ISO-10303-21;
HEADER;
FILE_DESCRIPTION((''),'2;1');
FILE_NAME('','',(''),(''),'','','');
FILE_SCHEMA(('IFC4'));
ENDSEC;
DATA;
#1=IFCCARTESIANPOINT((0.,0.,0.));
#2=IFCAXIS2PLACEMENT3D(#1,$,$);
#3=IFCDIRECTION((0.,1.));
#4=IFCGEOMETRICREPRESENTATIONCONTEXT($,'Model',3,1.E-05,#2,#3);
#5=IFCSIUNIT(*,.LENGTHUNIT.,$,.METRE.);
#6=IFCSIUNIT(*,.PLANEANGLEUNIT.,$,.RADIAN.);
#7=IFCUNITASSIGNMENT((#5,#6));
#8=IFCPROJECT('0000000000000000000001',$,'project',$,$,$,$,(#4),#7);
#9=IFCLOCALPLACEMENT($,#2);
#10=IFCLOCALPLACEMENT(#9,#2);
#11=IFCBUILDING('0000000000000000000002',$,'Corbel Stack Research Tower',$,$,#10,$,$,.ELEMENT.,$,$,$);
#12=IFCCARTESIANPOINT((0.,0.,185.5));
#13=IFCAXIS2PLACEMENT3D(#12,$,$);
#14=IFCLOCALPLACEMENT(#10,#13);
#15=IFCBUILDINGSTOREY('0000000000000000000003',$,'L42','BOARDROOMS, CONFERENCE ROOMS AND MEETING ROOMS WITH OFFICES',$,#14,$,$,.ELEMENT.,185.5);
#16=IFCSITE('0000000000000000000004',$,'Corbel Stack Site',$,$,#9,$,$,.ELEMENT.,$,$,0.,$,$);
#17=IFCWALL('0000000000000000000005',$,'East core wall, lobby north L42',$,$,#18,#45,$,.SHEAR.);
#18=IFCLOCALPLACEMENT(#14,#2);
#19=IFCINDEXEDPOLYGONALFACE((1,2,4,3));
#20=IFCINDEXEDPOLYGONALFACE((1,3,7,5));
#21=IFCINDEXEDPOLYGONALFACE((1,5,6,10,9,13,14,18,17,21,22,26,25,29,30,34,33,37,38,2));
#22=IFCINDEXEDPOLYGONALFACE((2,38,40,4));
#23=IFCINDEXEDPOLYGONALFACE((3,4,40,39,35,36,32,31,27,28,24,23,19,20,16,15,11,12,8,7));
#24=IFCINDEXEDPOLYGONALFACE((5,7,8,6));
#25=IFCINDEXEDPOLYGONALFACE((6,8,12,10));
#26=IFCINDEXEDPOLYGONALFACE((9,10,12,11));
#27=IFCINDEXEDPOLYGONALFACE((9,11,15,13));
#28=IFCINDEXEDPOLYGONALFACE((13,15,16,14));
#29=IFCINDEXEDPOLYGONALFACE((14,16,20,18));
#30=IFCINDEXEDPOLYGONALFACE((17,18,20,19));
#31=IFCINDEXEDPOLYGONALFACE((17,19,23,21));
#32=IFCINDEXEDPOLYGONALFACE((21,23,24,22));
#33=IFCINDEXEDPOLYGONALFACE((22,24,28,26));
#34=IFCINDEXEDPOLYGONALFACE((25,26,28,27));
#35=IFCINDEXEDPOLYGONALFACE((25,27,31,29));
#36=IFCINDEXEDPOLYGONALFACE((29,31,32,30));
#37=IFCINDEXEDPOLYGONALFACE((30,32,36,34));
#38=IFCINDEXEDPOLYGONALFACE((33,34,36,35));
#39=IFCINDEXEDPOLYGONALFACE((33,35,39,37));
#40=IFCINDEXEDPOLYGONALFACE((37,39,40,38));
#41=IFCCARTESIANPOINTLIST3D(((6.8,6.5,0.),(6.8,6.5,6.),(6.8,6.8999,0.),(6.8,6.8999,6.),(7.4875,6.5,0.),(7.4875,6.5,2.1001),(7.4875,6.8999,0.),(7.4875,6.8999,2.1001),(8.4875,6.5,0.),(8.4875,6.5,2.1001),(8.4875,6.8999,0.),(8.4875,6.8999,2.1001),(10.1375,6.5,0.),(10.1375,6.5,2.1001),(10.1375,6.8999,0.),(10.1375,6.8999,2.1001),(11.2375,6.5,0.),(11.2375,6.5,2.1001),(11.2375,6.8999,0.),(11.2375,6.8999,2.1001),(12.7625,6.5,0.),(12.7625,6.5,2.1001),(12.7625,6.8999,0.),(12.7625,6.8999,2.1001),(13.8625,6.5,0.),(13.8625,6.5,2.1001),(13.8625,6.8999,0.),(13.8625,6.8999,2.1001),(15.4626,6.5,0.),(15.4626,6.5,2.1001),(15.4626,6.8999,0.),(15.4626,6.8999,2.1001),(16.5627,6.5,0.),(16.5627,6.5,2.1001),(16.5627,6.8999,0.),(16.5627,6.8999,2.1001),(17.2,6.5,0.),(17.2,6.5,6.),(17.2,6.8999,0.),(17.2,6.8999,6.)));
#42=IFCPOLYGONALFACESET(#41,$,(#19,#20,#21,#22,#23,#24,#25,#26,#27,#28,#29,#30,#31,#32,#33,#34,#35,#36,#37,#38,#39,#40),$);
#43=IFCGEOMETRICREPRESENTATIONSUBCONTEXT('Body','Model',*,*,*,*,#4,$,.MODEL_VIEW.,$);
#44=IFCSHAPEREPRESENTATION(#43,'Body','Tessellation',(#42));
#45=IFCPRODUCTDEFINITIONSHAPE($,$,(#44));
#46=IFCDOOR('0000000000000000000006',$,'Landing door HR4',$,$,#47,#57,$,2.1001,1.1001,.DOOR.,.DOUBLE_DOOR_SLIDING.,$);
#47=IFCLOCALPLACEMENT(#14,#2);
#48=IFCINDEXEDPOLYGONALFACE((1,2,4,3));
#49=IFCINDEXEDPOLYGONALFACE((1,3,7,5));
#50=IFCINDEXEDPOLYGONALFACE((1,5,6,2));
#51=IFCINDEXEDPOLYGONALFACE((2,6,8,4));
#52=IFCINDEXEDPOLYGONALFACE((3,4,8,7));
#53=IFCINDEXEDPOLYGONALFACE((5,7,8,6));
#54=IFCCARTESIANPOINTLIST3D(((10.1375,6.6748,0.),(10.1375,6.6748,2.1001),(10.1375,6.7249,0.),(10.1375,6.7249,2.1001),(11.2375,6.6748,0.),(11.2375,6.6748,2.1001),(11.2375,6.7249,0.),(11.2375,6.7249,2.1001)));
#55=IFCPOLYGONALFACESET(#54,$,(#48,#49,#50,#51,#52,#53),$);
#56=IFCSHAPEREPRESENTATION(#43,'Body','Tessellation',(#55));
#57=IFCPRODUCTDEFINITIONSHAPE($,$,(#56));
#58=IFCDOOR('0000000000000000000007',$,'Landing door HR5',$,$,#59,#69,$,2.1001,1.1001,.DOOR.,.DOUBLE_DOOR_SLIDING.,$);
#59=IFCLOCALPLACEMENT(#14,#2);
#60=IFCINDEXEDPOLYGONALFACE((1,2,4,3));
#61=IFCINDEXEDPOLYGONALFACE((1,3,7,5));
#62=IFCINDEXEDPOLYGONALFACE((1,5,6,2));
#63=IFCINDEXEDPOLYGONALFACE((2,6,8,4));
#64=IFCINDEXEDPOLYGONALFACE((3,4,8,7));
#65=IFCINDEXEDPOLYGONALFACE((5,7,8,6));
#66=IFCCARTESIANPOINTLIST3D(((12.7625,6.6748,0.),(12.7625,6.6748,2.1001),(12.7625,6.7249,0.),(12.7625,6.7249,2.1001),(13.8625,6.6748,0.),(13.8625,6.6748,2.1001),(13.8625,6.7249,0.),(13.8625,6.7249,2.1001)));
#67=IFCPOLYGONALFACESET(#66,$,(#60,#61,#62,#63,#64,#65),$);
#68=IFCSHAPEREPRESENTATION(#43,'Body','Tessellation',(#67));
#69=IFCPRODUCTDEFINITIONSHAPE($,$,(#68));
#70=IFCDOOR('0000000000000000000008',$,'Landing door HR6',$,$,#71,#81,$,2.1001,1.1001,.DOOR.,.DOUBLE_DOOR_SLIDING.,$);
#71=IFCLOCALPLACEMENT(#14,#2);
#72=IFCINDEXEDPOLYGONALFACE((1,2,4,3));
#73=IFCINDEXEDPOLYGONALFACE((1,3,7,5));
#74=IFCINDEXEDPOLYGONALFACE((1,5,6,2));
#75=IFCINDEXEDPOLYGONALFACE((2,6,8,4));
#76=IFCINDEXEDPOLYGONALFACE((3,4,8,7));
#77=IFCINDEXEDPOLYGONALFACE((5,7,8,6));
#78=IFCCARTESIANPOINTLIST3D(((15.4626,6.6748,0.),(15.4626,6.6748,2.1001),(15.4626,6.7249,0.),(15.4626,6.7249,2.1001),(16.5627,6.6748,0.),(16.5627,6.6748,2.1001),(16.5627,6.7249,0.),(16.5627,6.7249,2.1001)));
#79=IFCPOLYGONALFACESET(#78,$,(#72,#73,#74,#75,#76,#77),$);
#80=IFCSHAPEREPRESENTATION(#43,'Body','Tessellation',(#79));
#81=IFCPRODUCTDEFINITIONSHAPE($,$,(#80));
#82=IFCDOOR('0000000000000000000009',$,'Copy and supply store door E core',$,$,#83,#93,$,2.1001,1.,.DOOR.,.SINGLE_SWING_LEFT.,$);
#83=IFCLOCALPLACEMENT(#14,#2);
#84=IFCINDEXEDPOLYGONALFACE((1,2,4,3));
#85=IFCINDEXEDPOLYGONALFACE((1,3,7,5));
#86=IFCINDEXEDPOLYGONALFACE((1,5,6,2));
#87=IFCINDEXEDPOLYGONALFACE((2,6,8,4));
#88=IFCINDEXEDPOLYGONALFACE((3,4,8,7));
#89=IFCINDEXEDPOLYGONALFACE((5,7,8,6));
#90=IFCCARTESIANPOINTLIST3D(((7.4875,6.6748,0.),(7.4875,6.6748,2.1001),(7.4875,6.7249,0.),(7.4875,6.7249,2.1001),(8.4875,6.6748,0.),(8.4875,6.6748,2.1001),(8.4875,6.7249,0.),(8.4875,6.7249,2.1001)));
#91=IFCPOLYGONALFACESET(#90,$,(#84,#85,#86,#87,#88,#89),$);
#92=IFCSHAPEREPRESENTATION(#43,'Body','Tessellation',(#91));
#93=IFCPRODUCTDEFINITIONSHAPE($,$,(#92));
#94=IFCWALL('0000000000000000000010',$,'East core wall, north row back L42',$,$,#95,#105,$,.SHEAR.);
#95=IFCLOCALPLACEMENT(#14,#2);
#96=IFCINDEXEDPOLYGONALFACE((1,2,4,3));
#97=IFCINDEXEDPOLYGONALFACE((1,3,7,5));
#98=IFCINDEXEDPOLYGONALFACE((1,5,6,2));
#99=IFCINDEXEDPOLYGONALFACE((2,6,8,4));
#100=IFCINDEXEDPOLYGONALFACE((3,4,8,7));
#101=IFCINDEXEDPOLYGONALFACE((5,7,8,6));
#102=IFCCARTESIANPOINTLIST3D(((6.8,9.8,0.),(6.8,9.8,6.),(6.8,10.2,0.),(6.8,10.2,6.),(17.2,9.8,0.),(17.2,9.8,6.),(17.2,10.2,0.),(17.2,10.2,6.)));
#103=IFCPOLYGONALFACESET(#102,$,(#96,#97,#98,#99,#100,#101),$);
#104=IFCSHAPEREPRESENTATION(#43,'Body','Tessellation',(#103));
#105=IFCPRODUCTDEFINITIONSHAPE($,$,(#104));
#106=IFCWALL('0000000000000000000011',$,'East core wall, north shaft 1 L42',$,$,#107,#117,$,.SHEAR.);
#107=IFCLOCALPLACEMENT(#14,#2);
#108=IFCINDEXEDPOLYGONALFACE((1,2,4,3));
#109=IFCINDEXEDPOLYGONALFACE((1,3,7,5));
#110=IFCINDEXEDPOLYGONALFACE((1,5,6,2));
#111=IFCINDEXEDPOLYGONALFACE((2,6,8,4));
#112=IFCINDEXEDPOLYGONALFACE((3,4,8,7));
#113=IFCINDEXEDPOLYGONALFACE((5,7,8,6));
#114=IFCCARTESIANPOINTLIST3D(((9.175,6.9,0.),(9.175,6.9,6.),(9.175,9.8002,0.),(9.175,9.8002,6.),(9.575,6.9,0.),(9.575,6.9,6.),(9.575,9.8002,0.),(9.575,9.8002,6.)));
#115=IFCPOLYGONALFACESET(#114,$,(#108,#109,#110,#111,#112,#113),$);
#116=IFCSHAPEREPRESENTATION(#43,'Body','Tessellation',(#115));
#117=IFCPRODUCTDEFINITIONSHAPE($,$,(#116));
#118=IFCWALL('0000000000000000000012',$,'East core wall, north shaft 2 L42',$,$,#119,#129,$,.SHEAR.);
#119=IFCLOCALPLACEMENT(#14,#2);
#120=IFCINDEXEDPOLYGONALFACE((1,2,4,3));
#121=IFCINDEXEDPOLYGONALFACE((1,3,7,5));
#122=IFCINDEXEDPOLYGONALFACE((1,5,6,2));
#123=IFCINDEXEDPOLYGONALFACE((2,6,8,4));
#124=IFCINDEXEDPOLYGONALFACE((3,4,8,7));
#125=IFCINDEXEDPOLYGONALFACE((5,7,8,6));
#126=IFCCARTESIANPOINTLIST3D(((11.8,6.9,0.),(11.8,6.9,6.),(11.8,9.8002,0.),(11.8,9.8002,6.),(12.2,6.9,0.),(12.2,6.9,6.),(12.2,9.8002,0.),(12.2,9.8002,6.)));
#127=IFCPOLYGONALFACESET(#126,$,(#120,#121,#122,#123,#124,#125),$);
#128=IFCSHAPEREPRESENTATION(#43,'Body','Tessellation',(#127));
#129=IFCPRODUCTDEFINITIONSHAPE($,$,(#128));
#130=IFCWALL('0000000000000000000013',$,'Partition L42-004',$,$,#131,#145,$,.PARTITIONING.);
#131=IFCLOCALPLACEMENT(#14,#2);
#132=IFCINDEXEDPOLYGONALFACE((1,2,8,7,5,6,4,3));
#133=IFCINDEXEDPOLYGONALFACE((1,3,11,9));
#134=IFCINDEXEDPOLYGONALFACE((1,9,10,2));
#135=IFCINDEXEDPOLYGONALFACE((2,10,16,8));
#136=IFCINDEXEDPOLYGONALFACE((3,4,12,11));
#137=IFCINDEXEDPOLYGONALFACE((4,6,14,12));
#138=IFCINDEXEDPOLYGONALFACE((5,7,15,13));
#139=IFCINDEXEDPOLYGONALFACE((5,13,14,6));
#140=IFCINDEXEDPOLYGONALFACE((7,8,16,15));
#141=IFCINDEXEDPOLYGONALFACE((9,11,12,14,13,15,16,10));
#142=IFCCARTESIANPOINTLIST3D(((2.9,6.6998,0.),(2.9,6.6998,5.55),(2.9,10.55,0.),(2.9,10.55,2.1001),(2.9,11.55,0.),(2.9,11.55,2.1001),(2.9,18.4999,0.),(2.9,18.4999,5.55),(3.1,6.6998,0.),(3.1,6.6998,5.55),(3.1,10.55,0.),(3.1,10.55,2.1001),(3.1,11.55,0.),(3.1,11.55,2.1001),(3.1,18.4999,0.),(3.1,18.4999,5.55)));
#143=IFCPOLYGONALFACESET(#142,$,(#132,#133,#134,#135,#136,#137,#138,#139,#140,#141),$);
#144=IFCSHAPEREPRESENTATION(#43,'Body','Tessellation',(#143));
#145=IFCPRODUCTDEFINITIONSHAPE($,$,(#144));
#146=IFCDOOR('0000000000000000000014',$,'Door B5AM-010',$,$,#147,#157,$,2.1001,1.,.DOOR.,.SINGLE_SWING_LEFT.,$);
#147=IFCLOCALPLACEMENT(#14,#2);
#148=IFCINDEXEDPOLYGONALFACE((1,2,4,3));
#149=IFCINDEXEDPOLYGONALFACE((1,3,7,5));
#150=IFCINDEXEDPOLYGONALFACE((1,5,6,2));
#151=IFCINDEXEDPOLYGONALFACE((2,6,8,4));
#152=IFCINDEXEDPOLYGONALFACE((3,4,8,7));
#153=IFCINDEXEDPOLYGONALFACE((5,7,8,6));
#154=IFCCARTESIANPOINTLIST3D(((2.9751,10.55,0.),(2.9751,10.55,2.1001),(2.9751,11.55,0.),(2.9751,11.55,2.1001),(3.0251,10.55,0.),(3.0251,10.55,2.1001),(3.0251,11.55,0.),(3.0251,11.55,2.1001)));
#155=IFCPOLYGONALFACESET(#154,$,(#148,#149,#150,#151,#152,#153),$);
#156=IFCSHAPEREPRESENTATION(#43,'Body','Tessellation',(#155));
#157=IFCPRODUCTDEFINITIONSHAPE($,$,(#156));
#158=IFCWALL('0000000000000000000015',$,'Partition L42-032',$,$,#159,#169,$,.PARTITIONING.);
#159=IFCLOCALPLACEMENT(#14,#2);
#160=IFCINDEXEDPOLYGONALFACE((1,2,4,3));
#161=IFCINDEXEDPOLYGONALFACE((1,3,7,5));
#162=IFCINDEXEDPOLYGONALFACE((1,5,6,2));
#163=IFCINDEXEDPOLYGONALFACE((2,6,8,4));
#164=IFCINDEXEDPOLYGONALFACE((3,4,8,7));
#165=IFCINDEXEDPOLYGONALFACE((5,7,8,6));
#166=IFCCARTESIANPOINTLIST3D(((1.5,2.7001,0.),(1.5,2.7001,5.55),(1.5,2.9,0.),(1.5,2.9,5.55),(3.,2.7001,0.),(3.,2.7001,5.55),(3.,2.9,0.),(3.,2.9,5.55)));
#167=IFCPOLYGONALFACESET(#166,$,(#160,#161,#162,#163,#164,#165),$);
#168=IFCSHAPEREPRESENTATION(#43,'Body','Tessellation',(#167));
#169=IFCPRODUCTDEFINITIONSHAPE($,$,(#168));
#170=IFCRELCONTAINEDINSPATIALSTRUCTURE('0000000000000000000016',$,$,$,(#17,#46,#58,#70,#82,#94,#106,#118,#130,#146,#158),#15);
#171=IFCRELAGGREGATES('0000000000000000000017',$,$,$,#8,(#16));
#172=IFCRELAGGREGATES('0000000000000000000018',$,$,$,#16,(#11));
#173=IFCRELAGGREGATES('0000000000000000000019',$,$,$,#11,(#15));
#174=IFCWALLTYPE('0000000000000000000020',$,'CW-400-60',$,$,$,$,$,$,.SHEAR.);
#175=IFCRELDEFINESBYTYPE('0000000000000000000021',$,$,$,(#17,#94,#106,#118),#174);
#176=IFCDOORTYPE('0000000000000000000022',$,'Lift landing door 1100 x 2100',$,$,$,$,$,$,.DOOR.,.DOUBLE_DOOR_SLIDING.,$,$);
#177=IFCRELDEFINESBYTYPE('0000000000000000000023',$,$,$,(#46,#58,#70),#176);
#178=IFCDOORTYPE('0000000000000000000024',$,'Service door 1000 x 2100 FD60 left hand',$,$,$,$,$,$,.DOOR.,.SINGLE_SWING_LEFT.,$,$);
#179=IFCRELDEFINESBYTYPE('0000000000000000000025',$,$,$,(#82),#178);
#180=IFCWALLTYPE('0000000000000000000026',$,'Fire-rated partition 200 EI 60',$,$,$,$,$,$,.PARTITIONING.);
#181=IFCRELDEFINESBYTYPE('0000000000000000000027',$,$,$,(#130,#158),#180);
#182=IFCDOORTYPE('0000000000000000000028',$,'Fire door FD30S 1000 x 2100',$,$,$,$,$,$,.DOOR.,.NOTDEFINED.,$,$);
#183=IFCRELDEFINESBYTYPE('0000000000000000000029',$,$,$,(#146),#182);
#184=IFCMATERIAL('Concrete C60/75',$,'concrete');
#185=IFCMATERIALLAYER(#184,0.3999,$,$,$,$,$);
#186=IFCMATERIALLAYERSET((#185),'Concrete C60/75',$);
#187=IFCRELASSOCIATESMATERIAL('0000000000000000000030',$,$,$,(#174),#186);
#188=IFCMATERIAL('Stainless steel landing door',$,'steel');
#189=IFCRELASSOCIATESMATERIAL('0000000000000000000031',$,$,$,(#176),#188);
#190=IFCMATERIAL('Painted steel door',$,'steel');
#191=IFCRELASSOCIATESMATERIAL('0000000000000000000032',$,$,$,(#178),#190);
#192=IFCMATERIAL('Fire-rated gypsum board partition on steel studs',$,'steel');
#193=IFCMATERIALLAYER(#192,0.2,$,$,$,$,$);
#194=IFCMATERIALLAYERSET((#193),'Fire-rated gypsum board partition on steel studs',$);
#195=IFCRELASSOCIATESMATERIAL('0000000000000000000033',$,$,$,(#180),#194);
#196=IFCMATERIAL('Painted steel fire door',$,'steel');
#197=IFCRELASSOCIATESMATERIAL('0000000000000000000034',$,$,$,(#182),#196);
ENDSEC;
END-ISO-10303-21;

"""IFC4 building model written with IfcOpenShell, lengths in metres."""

from ifc_helpers import new_model, si_unit, direction, frame, frame_2d, origin, place, context, subcontext, project, spatial, rectangle, extrude, material, layer, layer_set, type_object, element, fill, save


model = new_model("IFC4")

# Units and contexts
model_context = context("Model", 3, precision=1e-05, world=origin(), true_north=direction((0.0, 1.0)))
body_context = subcontext(model_context, "Body", "Model", "MODEL_VIEW")
ifc_project = project(units=[si_unit("LENGTHUNIT", "METRE"), si_unit("PLANEANGLEUNIT", "RADIAN")], contexts=[model_context])

# Site, building, storey
site_placement = place(None, origin())
site = spatial("IfcSite", under=ifc_project, at=site_placement, Name="Corbel Stack Site", CompositionType="ELEMENT", RefElevation=0.0)
building_placement = place(site_placement, origin())
building = spatial("IfcBuilding", under=site, at=building_placement, Name="Corbel Stack Research Tower", CompositionType="ELEMENT")
storey_placement = place(building_placement, frame((0.0, 0.0, 185.5)))
storey = spatial("IfcBuildingStorey", under=building, at=storey_placement, Name="L42", Description="BOARDROOMS, CONFERENCE ROOMS AND MEETING ROOMS WITH OFFICES", CompositionType="ELEMENT", Elevation=185.5)

# Wall, openings, doors
ifc_material_1 = material(Name="Concrete C60/75", Category="concrete")
ifc_layer_1 = layer(ifc_material_1, 0.3999)
ifc_layer_set_1 = layer_set([ifc_layer_1], Name="Concrete C60/75")
wall_type_1 = type_object("IfcWallType", Name="CW-400-60", PredefinedType="SHEAR", material=ifc_layer_set_1)
ifc_material_2 = material(Name="Stainless steel landing door", Category="steel")
door_type_1 = type_object("IfcDoorType", Name="Lift landing door 1100 x 2100", OperationType="DOUBLE_DOOR_SLIDING", PredefinedType="DOOR", material=ifc_material_2)
ifc_material_3 = material(Name="Painted steel door", Category="steel")
door_type_2 = type_object("IfcDoorType", Name="Service door 1000 x 2100 FD60 left hand", OperationType="SINGLE_SWING_LEFT", PredefinedType="DOOR", material=ifc_material_3)
wall_1_placement = place(storey_placement, frame((6.8, 6.7, 0.0), z_axis=(0.0, 0.0, 1.0), x_axis=(1.0, 0.0, 0.0)))
wall_1 = element("IfcWall", 1, at=wall_1_placement, inside=storey, type_object=wall_type_1, Name="East core wall, lobby north L42", PredefinedType="SHEAR", context=body_context, shape_type="SweptSolid", body=[
    extrude(rectangle(XDim=10.3999, YDim=0.3999, at=frame_2d((5.2, 0.0))), origin(), (0.0, 0.0, 1.0), 6.0),
])
opening_1_placement = place(wall_1_placement, frame((3.3374, 0.0, 0.0)))
opening_1 = element("IfcOpeningElement", 2, at=opening_1_placement, cuts=wall_1, PredefinedType="OPENING", context=body_context, shape_type="SweptSolid", body=[
    extrude(rectangle(XDim=1.1001, YDim=2.1001, at=frame_2d((0.55, 1.05))), frame((0.0, 0.21, 0.0), z_axis=(0.0, -1.0, 0.0), x_axis=(1.0, 0.0, 0.0)), (0.0, 0.0, 1.0), 0.4199),
])
opening_2_placement = place(wall_1_placement, frame((5.9624, 0.0, 0.0)))
opening_2 = element("IfcOpeningElement", 3, at=opening_2_placement, cuts=wall_1, PredefinedType="OPENING", context=body_context, shape_type="SweptSolid", body=[
    extrude(rectangle(XDim=1.1001, YDim=2.1001, at=frame_2d((0.55, 1.05))), frame((0.0, 0.21, 0.0), z_axis=(0.0, -1.0, 0.0), x_axis=(1.0, 0.0, 0.0)), (0.0, 0.0, 1.0), 0.4199),
])
opening_3_placement = place(wall_1_placement, frame((8.6626, 0.0, 0.0)))
opening_3 = element("IfcOpeningElement", 4, at=opening_3_placement, cuts=wall_1, PredefinedType="OPENING", context=body_context, shape_type="SweptSolid", body=[
    extrude(rectangle(XDim=1.1001, YDim=2.1001, at=frame_2d((0.55, 1.05))), frame((0.0, 0.21, 0.0), z_axis=(0.0, -1.0, 0.0), x_axis=(1.0, 0.0, 0.0)), (0.0, 0.0, 1.0), 0.4199),
])
opening_4_placement = place(wall_1_placement, frame((0.6875, 0.0, 0.0)))
opening_4 = element("IfcOpeningElement", 5, at=opening_4_placement, cuts=wall_1, PredefinedType="OPENING", context=body_context, shape_type="SweptSolid", body=[
    extrude(rectangle(XDim=1.0, YDim=2.1001, at=frame_2d((0.5, 1.05))), frame((0.0, 0.21, 0.0), z_axis=(0.0, -1.0, 0.0), x_axis=(1.0, 0.0, 0.0)), (0.0, 0.0, 1.0), 0.4199),
])
door_1_placement = place(opening_1_placement, origin())
door_1 = element("IfcDoor", 6, at=door_1_placement, inside=storey, type_object=door_type_1, Name="Landing door HR4", OperationType="DOUBLE_DOOR_SLIDING", OverallHeight=2.1001, OverallWidth=1.1001, PredefinedType="DOOR", context=body_context, shape_type="SweptSolid", body=[
    extrude(rectangle(XDim=1.1001, YDim=2.1001, at=frame_2d((0.55, 1.05))), frame((0.0, 0.0249, 0.0), z_axis=(0.0, -1.0, 0.0), x_axis=(1.0, 0.0, 0.0)), (0.0, 0.0, 1.0), 0.05),
])
fill(opening_1, door_1)
door_2_placement = place(opening_2_placement, origin())
door_2 = element("IfcDoor", 7, at=door_2_placement, inside=storey, type_object=door_type_1, Name="Landing door HR5", OperationType="DOUBLE_DOOR_SLIDING", OverallHeight=2.1001, OverallWidth=1.1001, PredefinedType="DOOR", context=body_context, shape_type="SweptSolid", body=[
    extrude(rectangle(XDim=1.1001, YDim=2.1001, at=frame_2d((0.55, 1.05))), frame((0.0, 0.0249, 0.0), z_axis=(0.0, -1.0, 0.0), x_axis=(1.0, 0.0, 0.0)), (0.0, 0.0, 1.0), 0.05),
])
fill(opening_2, door_2)
door_3_placement = place(opening_3_placement, origin())
door_3 = element("IfcDoor", 8, at=door_3_placement, inside=storey, type_object=door_type_1, Name="Landing door HR6", OperationType="DOUBLE_DOOR_SLIDING", OverallHeight=2.1001, OverallWidth=1.1001, PredefinedType="DOOR", context=body_context, shape_type="SweptSolid", body=[
    extrude(rectangle(XDim=1.1001, YDim=2.1001, at=frame_2d((0.55, 1.05))), frame((0.0, 0.0249, 0.0), z_axis=(0.0, -1.0, 0.0), x_axis=(1.0, 0.0, 0.0)), (0.0, 0.0, 1.0), 0.05),
])
fill(opening_3, door_3)
door_4_placement = place(opening_4_placement, origin())
door_4 = element("IfcDoor", 9, at=door_4_placement, inside=storey, type_object=door_type_2, Name="Copy and supply store door E core", OperationType="SINGLE_SWING_LEFT", OverallHeight=2.1001, OverallWidth=1.0, PredefinedType="DOOR", context=body_context, shape_type="SweptSolid", body=[
    extrude(rectangle(XDim=1.0, YDim=2.1001, at=frame_2d((0.5, 1.05))), frame((0.0, 0.0249, 0.0), z_axis=(0.0, -1.0, 0.0), x_axis=(1.0, 0.0, 0.0)), (0.0, 0.0, 1.0), 0.05),
])
fill(opening_4, door_4)

# Walls
wall_2_placement = place(storey_placement, frame((6.8, 10.0, 0.0), z_axis=(0.0, 0.0, 1.0), x_axis=(1.0, 0.0, 0.0)))
element("IfcWall", 10, at=wall_2_placement, inside=storey, type_object=wall_type_1, Name="East core wall, north row back L42", PredefinedType="SHEAR", context=body_context, shape_type="SweptSolid", body=[
    extrude(rectangle(XDim=10.3999, YDim=0.3999, at=frame_2d((5.2, 0.0))), origin(), (0.0, 0.0, 1.0), 6.0),
])
for number, where, z_axis, x_axis, name in (
    (11, (9.375, 6.8999, 0.0), (0.0, 0.0, 1.0), (0.0, 1.0, 0.0), "East core wall, north shaft 1 L42"),
    (12, (12.0, 6.8999, 0.0), (0.0, 0.0, 1.0), (0.0, 1.0, 0.0), "East core wall, north shaft 2 L42"),
):
    element("IfcWall", number, at=place(storey_placement, frame(where, z_axis=z_axis, x_axis=x_axis)), inside=storey, type_object=wall_type_1, Name=name, PredefinedType="SHEAR", context=body_context, shape_type="SweptSolid", body=[
        extrude(rectangle(XDim=2.9001, YDim=0.3999, at=frame_2d((1.4502, 0.0))), origin(), (0.0, 0.0, 1.0), 6.0),
    ])

# Wall, opening, door
ifc_material_4 = material(Name="Fire-rated gypsum board partition on steel studs", Category="steel")
ifc_layer_2 = layer(ifc_material_4, 0.2)
ifc_layer_set_2 = layer_set([ifc_layer_2], Name="Fire-rated gypsum board partition on steel studs")
wall_type_2 = type_object("IfcWallType", Name="Fire-rated partition 200 EI 60", PredefinedType="PARTITIONING", material=ifc_layer_set_2)
wall_3_placement = place(storey_placement, frame((3.0, 6.7, 0.0), z_axis=(0.0, 0.0, 1.0), x_axis=(0.0, 1.0, 0.0)))
wall_3 = element("IfcWall", 13, at=wall_3_placement, inside=storey, type_object=wall_type_2, Name="Partition L42-004", PredefinedType="PARTITIONING", context=body_context, shape_type="SweptSolid", body=[
    extrude(rectangle(XDim=11.8, YDim=0.2, at=frame_2d((5.8999, 0.0))), origin(), (0.0, 0.0, 1.0), 5.55),
])
opening_5_placement = place(wall_3_placement, frame((3.8501, 0.0, 0.0)))
opening_5 = element("IfcOpeningElement", 14, at=opening_5_placement, cuts=wall_3, PredefinedType="OPENING", context=body_context, shape_type="SweptSolid", body=[
    extrude(rectangle(XDim=1.0, YDim=2.1001, at=frame_2d((0.5, 1.05))), frame((0.0, 0.1099, 0.0), z_axis=(0.0, -1.0, 0.0), x_axis=(1.0, 0.0, 0.0)), (0.0, 0.0, 1.0), 0.22),
])
ifc_material_5 = material(Name="Painted steel fire door", Category="steel")
door_type_3 = type_object("IfcDoorType", Name="Fire door FD30S 1000 x 2100", OperationType="NOTDEFINED", PredefinedType="DOOR", material=ifc_material_5)
door_5_placement = place(opening_5_placement, origin())
door_5 = element("IfcDoor", 15, at=door_5_placement, inside=storey, type_object=door_type_3, Name="Door B5AM-010", OperationType="SINGLE_SWING_LEFT", OverallHeight=2.1001, OverallWidth=1.0, PredefinedType="DOOR", context=body_context, shape_type="SweptSolid", body=[
    extrude(rectangle(XDim=1.0, YDim=2.1001, at=frame_2d((0.5, 1.05))), frame((0.0, 0.0249, 0.0), z_axis=(0.0, -1.0, 0.0), x_axis=(1.0, 0.0, 0.0)), (0.0, 0.0, 1.0), 0.05),
])
fill(opening_5, door_5)

# Wall
for number, where, z_axis, x_axis, name in (
    (16, (1.5, 2.8, 0.0), (0.0, 0.0, 1.0), (1.0, 0.0, 0.0), "Partition L42-032"),
):
    element("IfcWall", number, at=place(storey_placement, frame(where, z_axis=z_axis, x_axis=x_axis)), inside=storey, type_object=wall_type_2, Name=name, PredefinedType="PARTITIONING", context=body_context, shape_type="SweptSolid", body=[
        extrude(rectangle(XDim=1.5, YDim=0.2, at=frame_2d((0.75, 0.0))), origin(), (0.0, 0.0, 1.0), 5.55),
    ])

save(model, "model.ifc")
